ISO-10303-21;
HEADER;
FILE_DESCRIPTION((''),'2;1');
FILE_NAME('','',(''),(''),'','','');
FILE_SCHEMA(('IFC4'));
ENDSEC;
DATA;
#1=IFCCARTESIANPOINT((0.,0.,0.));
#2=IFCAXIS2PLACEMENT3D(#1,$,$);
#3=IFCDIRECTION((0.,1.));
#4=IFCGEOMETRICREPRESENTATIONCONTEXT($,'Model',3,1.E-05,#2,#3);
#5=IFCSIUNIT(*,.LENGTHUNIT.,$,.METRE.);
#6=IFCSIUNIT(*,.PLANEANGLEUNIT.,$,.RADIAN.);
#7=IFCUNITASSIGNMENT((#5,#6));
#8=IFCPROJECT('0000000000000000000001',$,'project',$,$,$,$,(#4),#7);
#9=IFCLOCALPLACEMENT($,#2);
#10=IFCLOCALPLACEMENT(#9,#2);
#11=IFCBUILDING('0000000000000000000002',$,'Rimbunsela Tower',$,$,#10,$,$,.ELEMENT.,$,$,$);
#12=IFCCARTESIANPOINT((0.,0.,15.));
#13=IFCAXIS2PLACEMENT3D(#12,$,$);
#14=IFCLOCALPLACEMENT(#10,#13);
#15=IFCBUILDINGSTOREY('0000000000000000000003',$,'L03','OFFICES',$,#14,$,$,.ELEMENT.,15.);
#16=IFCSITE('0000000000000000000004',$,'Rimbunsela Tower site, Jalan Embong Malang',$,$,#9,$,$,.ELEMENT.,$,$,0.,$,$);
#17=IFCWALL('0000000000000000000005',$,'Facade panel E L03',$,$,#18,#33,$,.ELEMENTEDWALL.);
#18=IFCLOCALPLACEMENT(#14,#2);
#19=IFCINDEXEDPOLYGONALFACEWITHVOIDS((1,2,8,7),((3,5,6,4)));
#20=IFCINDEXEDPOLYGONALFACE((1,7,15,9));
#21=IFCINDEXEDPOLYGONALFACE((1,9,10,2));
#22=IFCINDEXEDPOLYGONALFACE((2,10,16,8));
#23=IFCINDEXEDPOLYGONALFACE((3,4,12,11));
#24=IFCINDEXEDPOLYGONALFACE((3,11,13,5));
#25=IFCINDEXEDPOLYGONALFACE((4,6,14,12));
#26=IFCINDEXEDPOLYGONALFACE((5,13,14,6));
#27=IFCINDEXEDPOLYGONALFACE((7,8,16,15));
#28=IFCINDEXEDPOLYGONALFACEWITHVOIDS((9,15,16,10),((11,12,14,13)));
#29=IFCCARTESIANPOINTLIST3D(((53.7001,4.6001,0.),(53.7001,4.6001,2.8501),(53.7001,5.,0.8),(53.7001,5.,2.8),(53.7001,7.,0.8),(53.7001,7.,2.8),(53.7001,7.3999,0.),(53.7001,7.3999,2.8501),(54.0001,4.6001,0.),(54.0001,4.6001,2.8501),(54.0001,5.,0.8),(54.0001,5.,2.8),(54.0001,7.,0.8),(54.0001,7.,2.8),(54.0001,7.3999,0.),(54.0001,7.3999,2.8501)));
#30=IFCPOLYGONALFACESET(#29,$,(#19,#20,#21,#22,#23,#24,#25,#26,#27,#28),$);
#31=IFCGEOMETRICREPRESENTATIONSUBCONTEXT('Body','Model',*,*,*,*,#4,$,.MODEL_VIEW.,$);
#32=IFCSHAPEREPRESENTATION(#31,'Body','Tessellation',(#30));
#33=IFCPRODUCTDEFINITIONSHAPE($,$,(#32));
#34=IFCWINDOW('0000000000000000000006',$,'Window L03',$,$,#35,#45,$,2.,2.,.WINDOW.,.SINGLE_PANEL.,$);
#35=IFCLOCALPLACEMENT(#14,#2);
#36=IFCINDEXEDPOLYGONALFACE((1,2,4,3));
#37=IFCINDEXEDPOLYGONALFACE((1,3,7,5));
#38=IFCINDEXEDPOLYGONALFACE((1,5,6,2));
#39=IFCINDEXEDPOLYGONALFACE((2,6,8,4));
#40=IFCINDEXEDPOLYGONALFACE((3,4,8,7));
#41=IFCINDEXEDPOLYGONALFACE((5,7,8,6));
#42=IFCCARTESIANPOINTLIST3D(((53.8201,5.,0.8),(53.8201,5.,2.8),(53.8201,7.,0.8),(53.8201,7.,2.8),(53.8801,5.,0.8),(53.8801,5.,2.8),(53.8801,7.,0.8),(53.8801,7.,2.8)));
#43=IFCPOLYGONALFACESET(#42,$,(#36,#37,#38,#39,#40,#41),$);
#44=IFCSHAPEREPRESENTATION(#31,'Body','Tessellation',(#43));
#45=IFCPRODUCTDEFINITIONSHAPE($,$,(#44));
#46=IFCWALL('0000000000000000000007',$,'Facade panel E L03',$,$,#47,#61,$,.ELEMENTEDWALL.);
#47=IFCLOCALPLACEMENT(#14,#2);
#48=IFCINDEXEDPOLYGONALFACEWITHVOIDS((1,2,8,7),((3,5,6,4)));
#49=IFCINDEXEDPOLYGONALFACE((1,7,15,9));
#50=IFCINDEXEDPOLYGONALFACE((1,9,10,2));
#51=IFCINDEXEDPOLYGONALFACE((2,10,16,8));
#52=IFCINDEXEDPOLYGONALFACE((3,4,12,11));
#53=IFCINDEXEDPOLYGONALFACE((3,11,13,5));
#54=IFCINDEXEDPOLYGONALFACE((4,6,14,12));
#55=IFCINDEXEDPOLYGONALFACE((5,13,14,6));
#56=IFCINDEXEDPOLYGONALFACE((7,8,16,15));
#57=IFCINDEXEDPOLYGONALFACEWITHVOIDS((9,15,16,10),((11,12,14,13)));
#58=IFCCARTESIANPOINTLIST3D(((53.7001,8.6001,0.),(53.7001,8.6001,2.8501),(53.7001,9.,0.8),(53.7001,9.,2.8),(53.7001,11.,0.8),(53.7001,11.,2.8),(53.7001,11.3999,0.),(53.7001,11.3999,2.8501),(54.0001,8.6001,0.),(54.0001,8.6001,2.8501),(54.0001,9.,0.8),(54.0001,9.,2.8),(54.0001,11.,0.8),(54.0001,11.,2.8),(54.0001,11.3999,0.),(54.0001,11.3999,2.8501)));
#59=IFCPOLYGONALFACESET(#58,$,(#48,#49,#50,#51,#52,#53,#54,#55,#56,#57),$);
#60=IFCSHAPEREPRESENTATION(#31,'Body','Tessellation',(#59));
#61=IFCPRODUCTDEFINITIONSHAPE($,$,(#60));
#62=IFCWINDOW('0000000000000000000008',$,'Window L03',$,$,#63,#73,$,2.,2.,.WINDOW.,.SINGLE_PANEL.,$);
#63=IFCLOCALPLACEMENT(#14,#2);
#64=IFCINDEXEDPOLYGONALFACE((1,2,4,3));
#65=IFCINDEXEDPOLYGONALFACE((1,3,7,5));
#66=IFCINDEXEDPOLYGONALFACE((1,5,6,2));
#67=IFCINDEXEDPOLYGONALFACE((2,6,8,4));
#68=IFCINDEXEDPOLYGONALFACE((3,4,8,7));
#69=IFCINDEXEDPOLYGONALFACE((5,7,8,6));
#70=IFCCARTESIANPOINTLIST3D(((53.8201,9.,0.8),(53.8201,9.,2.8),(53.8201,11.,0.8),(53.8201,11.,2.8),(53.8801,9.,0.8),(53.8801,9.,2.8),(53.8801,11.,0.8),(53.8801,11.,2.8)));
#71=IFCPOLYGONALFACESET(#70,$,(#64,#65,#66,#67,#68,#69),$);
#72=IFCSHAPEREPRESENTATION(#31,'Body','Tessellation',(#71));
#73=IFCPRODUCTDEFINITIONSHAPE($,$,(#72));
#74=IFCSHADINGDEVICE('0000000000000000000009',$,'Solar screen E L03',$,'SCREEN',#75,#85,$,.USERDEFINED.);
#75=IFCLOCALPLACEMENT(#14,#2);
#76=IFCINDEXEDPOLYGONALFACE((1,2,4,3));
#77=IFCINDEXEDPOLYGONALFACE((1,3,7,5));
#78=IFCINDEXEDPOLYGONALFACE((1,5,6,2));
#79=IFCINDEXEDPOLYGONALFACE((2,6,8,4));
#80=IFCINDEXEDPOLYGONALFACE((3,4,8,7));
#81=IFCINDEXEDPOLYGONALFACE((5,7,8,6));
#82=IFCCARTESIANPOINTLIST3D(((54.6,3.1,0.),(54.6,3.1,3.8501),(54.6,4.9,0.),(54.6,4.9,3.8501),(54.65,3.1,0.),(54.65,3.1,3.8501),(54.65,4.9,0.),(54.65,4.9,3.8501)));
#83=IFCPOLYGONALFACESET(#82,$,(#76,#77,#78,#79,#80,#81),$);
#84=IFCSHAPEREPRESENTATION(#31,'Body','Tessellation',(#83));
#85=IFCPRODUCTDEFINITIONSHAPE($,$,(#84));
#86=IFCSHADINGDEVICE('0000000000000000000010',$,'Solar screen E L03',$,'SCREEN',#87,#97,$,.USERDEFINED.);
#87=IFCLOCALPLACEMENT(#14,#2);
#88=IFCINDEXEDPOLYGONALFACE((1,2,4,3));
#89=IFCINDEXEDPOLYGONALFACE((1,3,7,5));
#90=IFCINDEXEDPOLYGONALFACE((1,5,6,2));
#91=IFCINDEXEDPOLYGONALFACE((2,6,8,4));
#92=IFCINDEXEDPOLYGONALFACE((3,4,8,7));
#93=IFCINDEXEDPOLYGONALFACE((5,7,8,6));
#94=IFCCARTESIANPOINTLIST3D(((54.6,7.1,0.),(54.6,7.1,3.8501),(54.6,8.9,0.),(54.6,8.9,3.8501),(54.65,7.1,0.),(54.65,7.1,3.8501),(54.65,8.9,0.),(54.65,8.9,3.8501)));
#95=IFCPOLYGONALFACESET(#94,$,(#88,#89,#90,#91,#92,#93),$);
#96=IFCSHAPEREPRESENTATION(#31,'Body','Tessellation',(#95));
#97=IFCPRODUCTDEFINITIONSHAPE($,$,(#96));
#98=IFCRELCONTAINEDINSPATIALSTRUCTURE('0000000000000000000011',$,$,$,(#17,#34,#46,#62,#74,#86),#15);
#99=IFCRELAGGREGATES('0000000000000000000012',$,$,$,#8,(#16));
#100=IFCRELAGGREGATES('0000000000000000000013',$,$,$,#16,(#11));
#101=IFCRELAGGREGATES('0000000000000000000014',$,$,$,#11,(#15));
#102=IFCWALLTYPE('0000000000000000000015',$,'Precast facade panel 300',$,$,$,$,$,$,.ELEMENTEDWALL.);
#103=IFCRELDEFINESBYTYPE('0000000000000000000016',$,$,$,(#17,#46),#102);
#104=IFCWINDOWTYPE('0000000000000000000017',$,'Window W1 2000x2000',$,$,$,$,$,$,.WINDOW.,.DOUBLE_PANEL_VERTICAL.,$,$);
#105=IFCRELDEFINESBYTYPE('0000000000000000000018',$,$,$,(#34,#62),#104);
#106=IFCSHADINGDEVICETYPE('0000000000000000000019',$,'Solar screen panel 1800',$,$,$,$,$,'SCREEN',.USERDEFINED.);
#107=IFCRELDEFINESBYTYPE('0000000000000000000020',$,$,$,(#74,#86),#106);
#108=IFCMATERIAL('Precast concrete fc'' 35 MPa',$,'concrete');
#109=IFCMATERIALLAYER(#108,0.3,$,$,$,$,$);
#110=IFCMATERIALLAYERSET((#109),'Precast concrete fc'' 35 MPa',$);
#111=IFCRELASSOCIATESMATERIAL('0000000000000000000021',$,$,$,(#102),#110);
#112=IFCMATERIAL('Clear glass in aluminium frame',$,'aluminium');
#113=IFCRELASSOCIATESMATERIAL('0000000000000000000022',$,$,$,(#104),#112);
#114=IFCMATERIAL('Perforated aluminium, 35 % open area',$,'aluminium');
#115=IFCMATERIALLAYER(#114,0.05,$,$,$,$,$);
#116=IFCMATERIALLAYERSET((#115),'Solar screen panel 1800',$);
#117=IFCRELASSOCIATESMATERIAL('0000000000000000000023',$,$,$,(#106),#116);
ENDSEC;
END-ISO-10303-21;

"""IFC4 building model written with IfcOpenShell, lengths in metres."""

from ifc_helpers import new_model, si_unit, direction, frame, frame_2d, origin, origin_2d, place, context, subcontext, project, spatial, rectangle, extrude, material, layer, layer_set, type_object, element, fill, save


model = new_model("IFC4")

# Units and contexts
model_context = context("Model", 3, precision=1e-05, world=origin(), true_north=direction((0.0, 1.0)))
body_context = subcontext(model_context, "Body", "Model", "MODEL_VIEW")
ifc_project = project(units=[si_unit("LENGTHUNIT", "METRE"), si_unit("PLANEANGLEUNIT", "RADIAN")], contexts=[model_context])

# Site, building, storey
site_placement = place(None, origin())
site = spatial("IfcSite", under=ifc_project, at=site_placement, Name="Rimbunsela Tower site, Jalan Embong Malang", CompositionType="ELEMENT", RefElevation=0.0)
building_placement = place(site_placement, origin())
building = spatial("IfcBuilding", under=site, at=building_placement, Name="Rimbunsela Tower", CompositionType="ELEMENT")
storey_placement = place(building_placement, frame((0.0, 0.0, 15.0)))
storey = spatial("IfcBuildingStorey", under=building, at=storey_placement, Name="L03", Description="OFFICES", CompositionType="ELEMENT", Elevation=15.0)

# Walls, openings, windows
ifc_material_1 = material(Name="Precast concrete fc' 35 MPa", Category="concrete")
ifc_layer_1 = layer(ifc_material_1, 0.3)
ifc_layer_set_1 = layer_set([ifc_layer_1], Name="Precast concrete fc' 35 MPa")
wall_type_1 = type_object("IfcWallType", Name="Precast facade panel 300", PredefinedType="ELEMENTEDWALL", material=ifc_layer_set_1)
wall_1_placement = place(storey_placement, frame((53.8501, 4.6001, 0.0), z_axis=(0.0, 0.0, 1.0), x_axis=(0.0, 1.0, 0.0)))
wall_1 = element("IfcWall", 1, at=wall_1_placement, inside=storey, type_object=wall_type_1, Name="Facade panel E L03", PredefinedType="ELEMENTEDWALL", context=body_context, shape_type="SweptSolid", body=[
    extrude(rectangle(XDim=2.7998, YDim=0.3, at=frame_2d((1.3999, 0.0))), origin(), (0.0, 0.0, 1.0), 2.8501),
])
opening_1_placement = place(wall_1_placement, frame((0.3999, 0.0, 0.8)))
opening_1 = element("IfcOpeningElement", 2, at=opening_1_placement, cuts=wall_1, PredefinedType="OPENING", context=body_context, shape_type="SweptSolid", body=[
    extrude(rectangle(XDim=2.0, YDim=2.0, at=frame_2d((1.0, 1.0))), frame((0.0, 0.1599, 0.0), z_axis=(0.0, -1.0, 0.0), x_axis=(1.0, 0.0, 0.0)), (0.0, 0.0, 1.0), 0.3201),
])
ifc_material_2 = material(Name="Clear glass in aluminium frame", Category="aluminium")
window_type = type_object("IfcWindowType", Name="Window W1 2000x2000", PartitioningType="DOUBLE_PANEL_VERTICAL", PredefinedType="WINDOW", material=ifc_material_2)
window_1_placement = place(opening_1_placement, origin())
window_1 = element("IfcWindow", 3, at=window_1_placement, inside=storey, type_object=window_type, Name="Window L03", OverallHeight=2.0, OverallWidth=2.0, PartitioningType="SINGLE_PANEL", PredefinedType="WINDOW", context=body_context, shape_type="SweptSolid", body=[
    extrude(rectangle(XDim=2.0, YDim=2.0, at=frame_2d((1.0, 1.0))), frame((0.0, 0.03, 0.0), z_axis=(0.0, -1.0, 0.0), x_axis=(1.0, 0.0, 0.0)), (0.0, 0.0, 1.0), 0.0601),
])
fill(opening_1, window_1)
wall_2_placement = place(storey_placement, frame((53.8501, 8.6001, 0.0), z_axis=(0.0, 0.0, 1.0), x_axis=(0.0, 1.0, 0.0)))
wall_2 = element("IfcWall", 4, at=wall_2_placement, inside=storey, type_object=wall_type_1, Name="Facade panel E L03", PredefinedType="ELEMENTEDWALL", context=body_context, shape_type="SweptSolid", body=[
    extrude(rectangle(XDim=2.7998, YDim=0.3, at=frame_2d((1.3999, 0.0))), origin(), (0.0, 0.0, 1.0), 2.8501),
])
opening_2_placement = place(wall_2_placement, frame((0.3999, 0.0, 0.8)))
opening_2 = element("IfcOpeningElement", 5, at=opening_2_placement, cuts=wall_2, PredefinedType="OPENING", context=body_context, shape_type="SweptSolid", body=[
    extrude(rectangle(XDim=2.0, YDim=2.0, at=frame_2d((1.0, 1.0))), frame((0.0, 0.1599, 0.0), z_axis=(0.0, -1.0, 0.0), x_axis=(1.0, 0.0, 0.0)), (0.0, 0.0, 1.0), 0.3201),
])
window_2_placement = place(opening_2_placement, origin())
window_2 = element("IfcWindow", 6, at=window_2_placement, inside=storey, type_object=window_type, Name="Window L03", OverallHeight=2.0, OverallWidth=2.0, PartitioningType="SINGLE_PANEL", PredefinedType="WINDOW", context=body_context, shape_type="SweptSolid", body=[
    extrude(rectangle(XDim=2.0, YDim=2.0, at=frame_2d((1.0, 1.0))), frame((0.0, 0.03, 0.0), z_axis=(0.0, -1.0, 0.0), x_axis=(1.0, 0.0, 0.0)), (0.0, 0.0, 1.0), 0.0601),
])
fill(opening_2, window_2)

# Shading devices
ifc_material_3 = material(Name="Perforated aluminium, 35 % open area", Category="aluminium")
ifc_layer_2 = layer(ifc_material_3, 0.05)
ifc_layer_set_2 = layer_set([ifc_layer_2], Name="Solar screen panel 1800")
shading_device_type = type_object("IfcShadingDeviceType", Name="Solar screen panel 1800", ElementType="SCREEN", PredefinedType="USERDEFINED", material=ifc_layer_set_2)
for number, where, z_axis, x_axis, name in (
    (7, (54.625, 4.0, 0.0), (0.0, 0.0, 1.0), (0.0, 1.0, 0.0), "Solar screen E L03"),
    (8, (54.625, 8.0, 0.0), (0.0, 0.0, 1.0), (0.0, 1.0, 0.0), "Solar screen E L03"),
):
    element("IfcShadingDevice", number, at=place(storey_placement, frame(where, z_axis=z_axis, x_axis=x_axis)), inside=storey, type_object=shading_device_type, Name=name, ObjectType="SCREEN", PredefinedType="USERDEFINED", context=body_context, shape_type="SweptSolid", body=[
        extrude(rectangle(XDim=1.8, YDim=0.05, at=origin_2d()), origin(), (0.0, 0.0, 1.0), 3.8501),
    ])

save(model, "model.ifc")
